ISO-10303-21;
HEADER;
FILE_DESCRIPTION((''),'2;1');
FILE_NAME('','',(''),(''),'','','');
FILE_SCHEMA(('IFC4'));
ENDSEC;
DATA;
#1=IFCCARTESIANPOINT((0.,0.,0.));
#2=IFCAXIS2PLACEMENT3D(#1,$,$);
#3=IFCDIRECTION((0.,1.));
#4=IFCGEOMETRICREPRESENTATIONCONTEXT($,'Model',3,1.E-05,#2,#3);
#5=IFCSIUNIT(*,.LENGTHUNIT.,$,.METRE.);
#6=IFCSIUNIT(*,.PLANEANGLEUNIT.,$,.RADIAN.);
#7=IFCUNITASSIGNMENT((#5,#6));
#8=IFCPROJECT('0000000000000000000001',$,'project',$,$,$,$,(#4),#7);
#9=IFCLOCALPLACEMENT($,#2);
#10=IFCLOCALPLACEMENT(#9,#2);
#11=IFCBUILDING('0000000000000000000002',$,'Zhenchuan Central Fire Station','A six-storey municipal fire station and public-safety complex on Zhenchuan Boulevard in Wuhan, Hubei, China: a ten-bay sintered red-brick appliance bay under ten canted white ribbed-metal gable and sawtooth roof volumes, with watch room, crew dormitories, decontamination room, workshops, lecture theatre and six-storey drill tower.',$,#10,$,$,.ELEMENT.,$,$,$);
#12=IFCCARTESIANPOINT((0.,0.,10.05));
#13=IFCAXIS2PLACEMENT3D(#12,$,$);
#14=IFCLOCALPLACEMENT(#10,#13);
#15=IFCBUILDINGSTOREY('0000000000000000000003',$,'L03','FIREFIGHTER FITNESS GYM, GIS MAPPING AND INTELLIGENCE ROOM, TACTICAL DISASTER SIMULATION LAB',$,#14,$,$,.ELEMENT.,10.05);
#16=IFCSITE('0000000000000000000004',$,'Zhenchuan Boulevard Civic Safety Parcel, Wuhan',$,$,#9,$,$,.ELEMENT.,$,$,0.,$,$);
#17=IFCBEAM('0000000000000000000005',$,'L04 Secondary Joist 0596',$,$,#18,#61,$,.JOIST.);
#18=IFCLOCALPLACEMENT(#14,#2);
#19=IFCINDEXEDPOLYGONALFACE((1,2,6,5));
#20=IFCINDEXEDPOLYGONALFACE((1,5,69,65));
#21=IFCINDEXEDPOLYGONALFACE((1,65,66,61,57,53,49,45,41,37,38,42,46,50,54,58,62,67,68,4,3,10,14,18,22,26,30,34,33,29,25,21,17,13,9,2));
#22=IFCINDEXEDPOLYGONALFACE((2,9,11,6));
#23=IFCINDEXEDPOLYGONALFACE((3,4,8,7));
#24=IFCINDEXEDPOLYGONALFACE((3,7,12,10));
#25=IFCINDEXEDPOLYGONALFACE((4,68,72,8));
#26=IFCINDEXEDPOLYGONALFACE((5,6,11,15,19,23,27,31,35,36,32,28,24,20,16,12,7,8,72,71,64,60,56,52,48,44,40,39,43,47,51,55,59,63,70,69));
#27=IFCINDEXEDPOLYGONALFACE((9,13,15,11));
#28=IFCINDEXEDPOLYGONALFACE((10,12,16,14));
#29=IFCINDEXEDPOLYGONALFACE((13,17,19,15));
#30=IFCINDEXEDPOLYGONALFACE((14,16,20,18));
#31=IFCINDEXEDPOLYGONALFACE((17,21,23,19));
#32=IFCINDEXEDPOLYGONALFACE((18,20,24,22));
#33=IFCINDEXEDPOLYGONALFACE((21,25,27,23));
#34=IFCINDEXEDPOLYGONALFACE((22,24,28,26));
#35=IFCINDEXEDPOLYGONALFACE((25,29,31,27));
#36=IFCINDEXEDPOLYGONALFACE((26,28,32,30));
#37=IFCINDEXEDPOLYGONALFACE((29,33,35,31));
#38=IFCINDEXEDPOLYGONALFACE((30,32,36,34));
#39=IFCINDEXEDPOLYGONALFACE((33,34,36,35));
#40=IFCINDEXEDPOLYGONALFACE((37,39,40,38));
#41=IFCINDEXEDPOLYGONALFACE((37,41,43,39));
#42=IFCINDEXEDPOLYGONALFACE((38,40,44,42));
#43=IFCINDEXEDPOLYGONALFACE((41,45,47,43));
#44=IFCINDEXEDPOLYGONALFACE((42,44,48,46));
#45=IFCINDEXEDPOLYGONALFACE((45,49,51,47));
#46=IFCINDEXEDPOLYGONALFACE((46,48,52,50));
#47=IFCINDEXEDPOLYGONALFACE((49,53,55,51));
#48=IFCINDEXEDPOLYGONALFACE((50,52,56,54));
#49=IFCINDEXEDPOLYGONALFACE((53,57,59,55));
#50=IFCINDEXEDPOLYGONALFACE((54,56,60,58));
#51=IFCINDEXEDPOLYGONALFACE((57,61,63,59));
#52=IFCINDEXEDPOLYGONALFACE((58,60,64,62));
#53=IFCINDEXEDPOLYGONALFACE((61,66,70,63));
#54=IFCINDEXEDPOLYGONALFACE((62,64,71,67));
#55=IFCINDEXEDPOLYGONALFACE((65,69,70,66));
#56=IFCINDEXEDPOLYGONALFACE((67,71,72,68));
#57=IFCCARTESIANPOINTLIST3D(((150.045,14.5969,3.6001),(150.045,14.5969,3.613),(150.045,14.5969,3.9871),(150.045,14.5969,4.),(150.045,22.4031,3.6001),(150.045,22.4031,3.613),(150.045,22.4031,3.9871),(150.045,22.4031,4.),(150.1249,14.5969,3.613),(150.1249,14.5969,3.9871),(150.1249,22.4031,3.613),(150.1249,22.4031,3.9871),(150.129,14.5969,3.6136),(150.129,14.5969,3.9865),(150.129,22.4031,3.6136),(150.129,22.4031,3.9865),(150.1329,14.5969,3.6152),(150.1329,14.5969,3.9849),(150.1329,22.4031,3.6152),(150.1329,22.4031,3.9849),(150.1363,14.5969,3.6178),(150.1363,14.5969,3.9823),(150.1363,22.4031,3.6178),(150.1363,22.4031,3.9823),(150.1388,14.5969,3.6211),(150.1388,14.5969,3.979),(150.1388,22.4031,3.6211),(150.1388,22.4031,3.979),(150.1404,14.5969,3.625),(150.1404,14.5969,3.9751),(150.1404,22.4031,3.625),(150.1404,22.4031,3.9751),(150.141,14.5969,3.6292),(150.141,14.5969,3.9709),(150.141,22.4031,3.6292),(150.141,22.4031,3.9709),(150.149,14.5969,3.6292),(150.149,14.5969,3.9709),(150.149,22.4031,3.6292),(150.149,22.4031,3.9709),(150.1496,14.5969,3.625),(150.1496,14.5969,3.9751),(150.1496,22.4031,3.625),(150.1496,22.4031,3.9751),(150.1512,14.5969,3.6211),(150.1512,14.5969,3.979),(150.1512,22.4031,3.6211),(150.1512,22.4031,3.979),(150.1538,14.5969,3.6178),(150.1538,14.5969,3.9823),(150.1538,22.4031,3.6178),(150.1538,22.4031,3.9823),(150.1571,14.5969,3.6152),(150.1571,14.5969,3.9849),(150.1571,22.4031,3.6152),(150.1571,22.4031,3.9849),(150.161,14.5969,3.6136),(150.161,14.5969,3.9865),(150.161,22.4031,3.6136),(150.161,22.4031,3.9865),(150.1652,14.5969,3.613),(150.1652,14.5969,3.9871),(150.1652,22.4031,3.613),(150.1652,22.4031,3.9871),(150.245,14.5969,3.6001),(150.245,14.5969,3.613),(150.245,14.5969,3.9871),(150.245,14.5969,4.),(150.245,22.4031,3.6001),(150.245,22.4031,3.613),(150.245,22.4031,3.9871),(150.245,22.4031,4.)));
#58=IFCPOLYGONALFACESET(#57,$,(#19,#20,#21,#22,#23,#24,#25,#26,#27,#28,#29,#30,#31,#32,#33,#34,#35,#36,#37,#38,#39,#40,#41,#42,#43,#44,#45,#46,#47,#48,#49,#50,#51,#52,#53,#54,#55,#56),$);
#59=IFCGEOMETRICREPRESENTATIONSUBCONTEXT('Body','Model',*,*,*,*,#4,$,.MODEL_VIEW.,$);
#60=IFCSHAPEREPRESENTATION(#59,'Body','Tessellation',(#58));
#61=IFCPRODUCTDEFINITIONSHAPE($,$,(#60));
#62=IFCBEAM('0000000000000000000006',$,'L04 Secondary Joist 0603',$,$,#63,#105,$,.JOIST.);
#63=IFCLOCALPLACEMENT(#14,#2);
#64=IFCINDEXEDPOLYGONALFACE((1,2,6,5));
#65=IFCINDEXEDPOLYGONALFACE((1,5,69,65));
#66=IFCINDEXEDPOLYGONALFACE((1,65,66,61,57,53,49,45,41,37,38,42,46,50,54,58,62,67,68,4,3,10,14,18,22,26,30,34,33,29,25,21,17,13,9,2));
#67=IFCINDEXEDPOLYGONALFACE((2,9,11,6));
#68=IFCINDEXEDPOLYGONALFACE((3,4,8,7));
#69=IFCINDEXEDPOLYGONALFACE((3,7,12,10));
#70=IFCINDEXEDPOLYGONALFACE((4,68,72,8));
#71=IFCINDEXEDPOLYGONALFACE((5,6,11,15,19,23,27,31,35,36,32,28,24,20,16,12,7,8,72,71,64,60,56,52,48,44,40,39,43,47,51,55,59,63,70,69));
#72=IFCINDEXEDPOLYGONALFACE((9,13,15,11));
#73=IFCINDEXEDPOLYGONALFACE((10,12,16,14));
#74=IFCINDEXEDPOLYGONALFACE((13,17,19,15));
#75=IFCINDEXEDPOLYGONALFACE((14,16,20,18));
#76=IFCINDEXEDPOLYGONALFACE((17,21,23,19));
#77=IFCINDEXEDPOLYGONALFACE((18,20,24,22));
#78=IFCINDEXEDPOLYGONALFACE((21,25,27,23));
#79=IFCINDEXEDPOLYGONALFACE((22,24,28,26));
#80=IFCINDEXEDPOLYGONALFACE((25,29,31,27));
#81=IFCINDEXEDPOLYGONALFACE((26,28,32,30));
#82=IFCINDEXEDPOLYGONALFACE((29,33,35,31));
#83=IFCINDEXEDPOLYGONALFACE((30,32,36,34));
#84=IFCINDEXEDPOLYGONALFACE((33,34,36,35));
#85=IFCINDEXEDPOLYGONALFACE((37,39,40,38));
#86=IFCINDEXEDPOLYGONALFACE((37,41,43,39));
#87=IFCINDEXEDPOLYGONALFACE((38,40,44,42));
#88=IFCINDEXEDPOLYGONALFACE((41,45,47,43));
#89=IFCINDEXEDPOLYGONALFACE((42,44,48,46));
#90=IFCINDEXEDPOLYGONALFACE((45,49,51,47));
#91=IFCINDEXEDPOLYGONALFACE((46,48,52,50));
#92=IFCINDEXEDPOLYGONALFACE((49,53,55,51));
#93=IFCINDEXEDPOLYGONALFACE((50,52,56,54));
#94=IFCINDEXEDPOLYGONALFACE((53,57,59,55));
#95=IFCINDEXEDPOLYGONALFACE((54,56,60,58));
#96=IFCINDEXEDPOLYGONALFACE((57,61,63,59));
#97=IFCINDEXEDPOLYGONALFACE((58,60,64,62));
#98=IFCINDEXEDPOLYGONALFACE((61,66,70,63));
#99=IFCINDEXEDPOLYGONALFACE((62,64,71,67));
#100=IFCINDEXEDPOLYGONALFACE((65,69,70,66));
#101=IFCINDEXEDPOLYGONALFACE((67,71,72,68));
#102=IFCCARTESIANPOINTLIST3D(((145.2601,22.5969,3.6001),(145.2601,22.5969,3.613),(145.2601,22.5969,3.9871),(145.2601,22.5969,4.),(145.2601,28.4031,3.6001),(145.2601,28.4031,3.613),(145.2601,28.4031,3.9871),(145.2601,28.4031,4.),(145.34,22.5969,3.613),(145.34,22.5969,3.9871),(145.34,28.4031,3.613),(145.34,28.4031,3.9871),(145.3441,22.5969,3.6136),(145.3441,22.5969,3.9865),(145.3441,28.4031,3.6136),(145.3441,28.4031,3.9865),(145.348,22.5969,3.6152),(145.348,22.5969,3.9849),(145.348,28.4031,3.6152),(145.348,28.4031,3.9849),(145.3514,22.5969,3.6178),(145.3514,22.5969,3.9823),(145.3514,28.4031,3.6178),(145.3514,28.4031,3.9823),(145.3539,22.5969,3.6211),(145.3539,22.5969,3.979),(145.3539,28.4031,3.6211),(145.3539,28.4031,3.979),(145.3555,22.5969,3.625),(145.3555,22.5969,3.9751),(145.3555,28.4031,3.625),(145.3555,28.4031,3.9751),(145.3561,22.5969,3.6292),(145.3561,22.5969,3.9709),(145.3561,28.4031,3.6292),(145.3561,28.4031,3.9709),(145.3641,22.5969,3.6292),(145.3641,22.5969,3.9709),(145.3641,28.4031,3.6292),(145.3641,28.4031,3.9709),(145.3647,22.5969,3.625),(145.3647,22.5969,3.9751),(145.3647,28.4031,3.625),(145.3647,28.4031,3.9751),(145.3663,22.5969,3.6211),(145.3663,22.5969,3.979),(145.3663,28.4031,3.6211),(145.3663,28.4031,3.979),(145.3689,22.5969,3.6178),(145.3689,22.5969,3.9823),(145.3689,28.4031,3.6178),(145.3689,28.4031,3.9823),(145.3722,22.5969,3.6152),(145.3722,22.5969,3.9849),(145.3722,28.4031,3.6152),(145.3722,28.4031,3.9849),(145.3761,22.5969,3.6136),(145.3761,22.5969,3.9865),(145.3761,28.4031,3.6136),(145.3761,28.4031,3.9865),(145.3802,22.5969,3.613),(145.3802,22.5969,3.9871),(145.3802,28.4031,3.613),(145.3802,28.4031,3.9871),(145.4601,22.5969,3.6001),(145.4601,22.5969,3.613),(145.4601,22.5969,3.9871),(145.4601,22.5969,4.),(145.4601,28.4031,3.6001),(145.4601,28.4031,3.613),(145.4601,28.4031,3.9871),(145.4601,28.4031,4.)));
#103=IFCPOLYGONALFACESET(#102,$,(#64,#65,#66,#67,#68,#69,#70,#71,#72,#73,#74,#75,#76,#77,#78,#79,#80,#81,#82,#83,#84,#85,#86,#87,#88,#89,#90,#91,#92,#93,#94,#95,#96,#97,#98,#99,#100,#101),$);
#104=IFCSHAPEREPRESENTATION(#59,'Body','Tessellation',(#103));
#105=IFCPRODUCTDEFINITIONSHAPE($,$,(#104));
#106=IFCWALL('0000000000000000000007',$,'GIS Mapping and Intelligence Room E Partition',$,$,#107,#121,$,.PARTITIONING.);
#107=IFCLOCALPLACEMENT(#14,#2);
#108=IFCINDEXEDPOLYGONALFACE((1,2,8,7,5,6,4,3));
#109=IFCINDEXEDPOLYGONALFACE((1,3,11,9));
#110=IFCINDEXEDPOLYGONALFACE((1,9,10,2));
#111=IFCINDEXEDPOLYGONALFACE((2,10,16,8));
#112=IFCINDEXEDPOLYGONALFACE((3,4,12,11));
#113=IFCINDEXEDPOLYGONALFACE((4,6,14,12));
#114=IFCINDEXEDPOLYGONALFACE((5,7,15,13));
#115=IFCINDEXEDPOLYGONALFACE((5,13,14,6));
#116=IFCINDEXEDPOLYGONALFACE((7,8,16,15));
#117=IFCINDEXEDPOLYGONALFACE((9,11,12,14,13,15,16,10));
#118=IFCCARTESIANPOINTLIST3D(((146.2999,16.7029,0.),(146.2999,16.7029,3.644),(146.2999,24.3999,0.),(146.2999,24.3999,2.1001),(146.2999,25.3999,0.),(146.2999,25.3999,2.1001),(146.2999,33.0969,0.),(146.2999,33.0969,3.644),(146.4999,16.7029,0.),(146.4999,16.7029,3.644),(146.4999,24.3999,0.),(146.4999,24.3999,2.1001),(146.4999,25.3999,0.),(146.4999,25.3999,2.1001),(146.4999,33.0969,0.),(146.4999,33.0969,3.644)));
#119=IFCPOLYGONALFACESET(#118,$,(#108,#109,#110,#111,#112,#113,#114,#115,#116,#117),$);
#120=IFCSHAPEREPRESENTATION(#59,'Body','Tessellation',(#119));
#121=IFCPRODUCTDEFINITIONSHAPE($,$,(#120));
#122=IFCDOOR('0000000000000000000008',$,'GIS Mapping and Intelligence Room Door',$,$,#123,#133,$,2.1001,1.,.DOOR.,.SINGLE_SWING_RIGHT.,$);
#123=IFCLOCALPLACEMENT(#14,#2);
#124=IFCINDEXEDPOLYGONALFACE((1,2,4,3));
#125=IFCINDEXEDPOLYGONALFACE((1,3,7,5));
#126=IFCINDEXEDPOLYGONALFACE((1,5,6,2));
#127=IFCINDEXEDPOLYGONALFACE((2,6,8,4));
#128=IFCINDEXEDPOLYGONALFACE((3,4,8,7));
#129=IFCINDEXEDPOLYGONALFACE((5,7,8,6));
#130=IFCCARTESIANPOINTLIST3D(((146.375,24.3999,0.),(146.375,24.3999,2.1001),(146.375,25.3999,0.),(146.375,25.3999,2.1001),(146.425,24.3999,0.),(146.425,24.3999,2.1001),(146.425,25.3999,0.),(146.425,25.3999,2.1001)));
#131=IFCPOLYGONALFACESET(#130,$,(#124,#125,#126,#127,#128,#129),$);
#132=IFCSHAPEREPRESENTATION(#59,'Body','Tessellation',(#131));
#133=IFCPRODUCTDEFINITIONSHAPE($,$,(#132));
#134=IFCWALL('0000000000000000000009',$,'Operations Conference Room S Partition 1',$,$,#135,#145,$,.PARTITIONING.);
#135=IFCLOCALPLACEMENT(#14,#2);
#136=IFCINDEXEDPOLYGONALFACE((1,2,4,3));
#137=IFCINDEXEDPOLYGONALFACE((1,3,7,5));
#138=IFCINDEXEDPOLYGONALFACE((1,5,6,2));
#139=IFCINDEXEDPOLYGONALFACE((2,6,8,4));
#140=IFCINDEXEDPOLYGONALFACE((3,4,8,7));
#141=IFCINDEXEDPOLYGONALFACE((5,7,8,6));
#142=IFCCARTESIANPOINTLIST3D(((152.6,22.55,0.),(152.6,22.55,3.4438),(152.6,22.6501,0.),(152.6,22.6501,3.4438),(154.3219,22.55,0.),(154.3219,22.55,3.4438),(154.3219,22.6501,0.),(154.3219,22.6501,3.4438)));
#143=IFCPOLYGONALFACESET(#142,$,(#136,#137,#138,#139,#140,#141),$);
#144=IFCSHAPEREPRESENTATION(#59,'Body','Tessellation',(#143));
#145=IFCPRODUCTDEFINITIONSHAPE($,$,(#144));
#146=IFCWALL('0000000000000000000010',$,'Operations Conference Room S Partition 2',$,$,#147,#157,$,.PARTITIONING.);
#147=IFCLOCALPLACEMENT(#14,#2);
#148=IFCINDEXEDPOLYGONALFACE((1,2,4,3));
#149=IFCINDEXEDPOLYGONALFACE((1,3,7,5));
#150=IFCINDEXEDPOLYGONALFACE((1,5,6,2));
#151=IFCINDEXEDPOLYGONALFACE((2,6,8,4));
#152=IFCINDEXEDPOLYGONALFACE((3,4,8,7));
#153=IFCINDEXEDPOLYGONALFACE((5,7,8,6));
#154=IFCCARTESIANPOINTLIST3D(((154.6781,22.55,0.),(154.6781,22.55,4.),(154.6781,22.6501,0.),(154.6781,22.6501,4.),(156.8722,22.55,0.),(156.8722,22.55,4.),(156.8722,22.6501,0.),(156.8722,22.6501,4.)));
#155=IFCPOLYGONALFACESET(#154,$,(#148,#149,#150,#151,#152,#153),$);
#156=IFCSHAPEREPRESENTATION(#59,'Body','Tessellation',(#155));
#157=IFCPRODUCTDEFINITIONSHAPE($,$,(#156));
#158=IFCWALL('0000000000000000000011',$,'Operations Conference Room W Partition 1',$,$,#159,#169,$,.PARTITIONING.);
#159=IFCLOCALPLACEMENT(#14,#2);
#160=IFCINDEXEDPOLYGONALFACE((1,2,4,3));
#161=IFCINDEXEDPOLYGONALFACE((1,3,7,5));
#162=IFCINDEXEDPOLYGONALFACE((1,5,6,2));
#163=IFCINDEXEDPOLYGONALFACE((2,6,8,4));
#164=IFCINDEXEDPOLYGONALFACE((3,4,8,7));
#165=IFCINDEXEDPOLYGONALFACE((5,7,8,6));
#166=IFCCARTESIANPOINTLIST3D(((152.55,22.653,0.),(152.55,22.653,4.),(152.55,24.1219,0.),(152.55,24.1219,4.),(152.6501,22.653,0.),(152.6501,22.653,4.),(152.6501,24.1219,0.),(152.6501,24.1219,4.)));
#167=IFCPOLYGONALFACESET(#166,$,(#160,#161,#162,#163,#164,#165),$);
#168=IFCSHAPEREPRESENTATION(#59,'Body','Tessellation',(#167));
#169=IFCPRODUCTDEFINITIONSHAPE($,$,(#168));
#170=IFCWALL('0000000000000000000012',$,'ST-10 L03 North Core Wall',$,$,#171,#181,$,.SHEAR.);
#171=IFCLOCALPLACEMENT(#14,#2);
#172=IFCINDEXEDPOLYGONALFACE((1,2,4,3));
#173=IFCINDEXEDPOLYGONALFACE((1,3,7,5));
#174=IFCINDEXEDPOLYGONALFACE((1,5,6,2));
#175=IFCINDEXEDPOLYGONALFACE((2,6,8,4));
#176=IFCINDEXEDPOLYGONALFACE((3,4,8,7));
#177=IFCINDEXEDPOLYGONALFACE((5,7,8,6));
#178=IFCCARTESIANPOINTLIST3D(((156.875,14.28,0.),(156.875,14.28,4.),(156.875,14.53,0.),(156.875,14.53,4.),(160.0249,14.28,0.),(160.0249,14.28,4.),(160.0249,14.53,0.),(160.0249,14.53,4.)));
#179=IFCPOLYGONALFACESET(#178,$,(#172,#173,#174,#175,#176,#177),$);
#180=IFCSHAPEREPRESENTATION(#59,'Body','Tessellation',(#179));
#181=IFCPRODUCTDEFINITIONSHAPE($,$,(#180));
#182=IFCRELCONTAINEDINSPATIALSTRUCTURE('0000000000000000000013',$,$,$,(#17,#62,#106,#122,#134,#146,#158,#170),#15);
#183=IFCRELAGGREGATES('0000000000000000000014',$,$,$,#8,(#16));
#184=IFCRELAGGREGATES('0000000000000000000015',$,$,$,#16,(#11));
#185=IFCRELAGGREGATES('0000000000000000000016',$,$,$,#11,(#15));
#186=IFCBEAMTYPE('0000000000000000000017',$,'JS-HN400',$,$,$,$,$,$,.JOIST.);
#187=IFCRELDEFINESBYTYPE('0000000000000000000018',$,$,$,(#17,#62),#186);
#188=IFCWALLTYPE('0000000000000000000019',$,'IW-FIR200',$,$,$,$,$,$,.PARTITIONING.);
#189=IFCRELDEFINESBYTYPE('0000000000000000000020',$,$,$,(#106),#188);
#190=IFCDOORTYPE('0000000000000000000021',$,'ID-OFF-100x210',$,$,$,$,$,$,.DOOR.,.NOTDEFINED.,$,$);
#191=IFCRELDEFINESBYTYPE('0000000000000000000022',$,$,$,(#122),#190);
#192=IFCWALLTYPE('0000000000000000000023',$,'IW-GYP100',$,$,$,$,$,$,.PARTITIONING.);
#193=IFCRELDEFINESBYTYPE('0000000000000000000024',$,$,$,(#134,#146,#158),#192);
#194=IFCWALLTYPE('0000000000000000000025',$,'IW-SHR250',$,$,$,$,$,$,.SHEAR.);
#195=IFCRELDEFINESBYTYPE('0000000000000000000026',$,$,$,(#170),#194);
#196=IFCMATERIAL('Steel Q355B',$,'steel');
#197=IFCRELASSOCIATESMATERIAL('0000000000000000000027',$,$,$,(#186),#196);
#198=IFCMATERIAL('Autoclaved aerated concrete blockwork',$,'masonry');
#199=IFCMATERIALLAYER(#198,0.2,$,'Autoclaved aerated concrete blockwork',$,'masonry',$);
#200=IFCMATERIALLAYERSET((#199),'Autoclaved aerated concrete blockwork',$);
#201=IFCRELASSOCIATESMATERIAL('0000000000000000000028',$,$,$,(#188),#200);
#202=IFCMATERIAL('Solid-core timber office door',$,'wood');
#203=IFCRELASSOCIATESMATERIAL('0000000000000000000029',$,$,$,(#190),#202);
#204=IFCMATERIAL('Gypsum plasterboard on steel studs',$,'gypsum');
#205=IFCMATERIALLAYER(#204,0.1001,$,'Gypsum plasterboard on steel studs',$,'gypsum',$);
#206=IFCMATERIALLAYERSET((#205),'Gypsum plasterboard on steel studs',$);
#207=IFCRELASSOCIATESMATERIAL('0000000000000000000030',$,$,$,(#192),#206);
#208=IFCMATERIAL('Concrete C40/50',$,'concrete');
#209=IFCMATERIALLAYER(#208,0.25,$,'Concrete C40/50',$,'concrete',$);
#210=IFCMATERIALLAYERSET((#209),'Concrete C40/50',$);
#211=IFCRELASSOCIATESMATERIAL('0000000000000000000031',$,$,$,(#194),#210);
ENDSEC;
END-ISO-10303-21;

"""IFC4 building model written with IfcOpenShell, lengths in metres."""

from ifc_helpers import new_model, si_unit, direction, frame, frame_2d, origin, origin_2d, place, context, subcontext, project, spatial, rectangle, i_section, extrude, material, layer, layer_set, material_profile, profile_set, type_object, element, fill, save


model = new_model("IFC4")

# Units and contexts
model_context = context("Model", 3, precision=1e-05, world=origin(), true_north=direction((0.0, 1.0)))
body_context = subcontext(model_context, "Body", "Model", "MODEL_VIEW")
ifc_project = project(units=[si_unit("LENGTHUNIT", "METRE"), si_unit("PLANEANGLEUNIT", "RADIAN")], contexts=[model_context])

# Site, building, storey
site_placement = place(None, origin())
site = spatial("IfcSite", under=ifc_project, at=site_placement, Name="Zhenchuan Boulevard Civic Safety Parcel, Wuhan", CompositionType="ELEMENT", RefElevation=0.0)
building_placement = place(site_placement, origin())
building = spatial("IfcBuilding", under=site, at=building_placement, Name="Zhenchuan Central Fire Station", Description="A six-storey municipal fire station and public-safety complex on Zhenchuan Boulevard in Wuhan, Hubei, China: a ten-bay sintered red-brick appliance bay under ten canted white ribbed-metal gable and sawtooth roof volumes, with watch room, crew dormitories, decontamination room, workshops, lecture theatre and six-storey drill tower.", CompositionType="ELEMENT")
storey_placement = place(building_placement, frame((0.0, 0.0, 10.05)))
storey = spatial("IfcBuildingStorey", under=building, at=storey_placement, Name="L03", Description="FIREFIGHTER FITNESS GYM, GIS MAPPING AND INTELLIGENCE ROOM, TACTICAL DISASTER SIMULATION LAB", CompositionType="ELEMENT", Elevation=10.05)

# Shared definitions
ifc_material_1 = material(Name="Steel Q355B", Category="steel")

# Beams
ifc_material_profile_1 = material_profile(ifc_material_1, i_section(OverallWidth=0.2, OverallDepth=0.3999, WebThickness=0.0081, FlangeThickness=0.0129, FilletRadius=0.0161, at=origin_2d()), Name="HN 400x200")
ifc_profile_set_1 = profile_set([ifc_material_profile_1], Name="Steel Q355B")
beam_type_1 = type_object("IfcBeamType", Name="JS-HN400", PredefinedType="JOIST", material=ifc_profile_set_1)
beam_1_placement = place(storey_placement, frame((150.145, 14.5969, 3.8), z_axis=(0.0, 1.0, 0.0), x_axis=(-1.0, 0.0, 0.0)))
element("IfcBeam", 1, at=beam_1_placement, inside=storey, type_object=beam_type_1, Name="L04 Secondary Joist 0596", PredefinedType="JOIST", context=body_context, shape_type="SweptSolid", body=[
    extrude(i_section(OverallWidth=0.2, OverallDepth=0.3999, WebThickness=0.0081, FlangeThickness=0.0129, FilletRadius=0.0161, at=origin_2d()), origin(), (0.0, 0.0, 1.0), 7.8062),
])
beam_2_placement = place(storey_placement, frame((145.3601, 22.5969, 3.8), z_axis=(0.0, 1.0, 0.0), x_axis=(-1.0, 0.0, 0.0)))
element("IfcBeam", 2, at=beam_2_placement, inside=storey, type_object=beam_type_1, Name="L04 Secondary Joist 0603", PredefinedType="JOIST", context=body_context, shape_type="SweptSolid", body=[
    extrude(i_section(OverallWidth=0.2, OverallDepth=0.3999, WebThickness=0.0081, FlangeThickness=0.0129, FilletRadius=0.0161, at=origin_2d()), origin(), (0.0, 0.0, 1.0), 5.8062),
])

# Wall, opening, door
ifc_material_2 = material(Name="Autoclaved aerated concrete blockwork", Category="masonry")
ifc_layer_1 = layer(ifc_material_2, 0.2, Name="Autoclaved aerated concrete blockwork", Category="masonry")
ifc_layer_set_1 = layer_set([ifc_layer_1], Name="Autoclaved aerated concrete blockwork")
wall_type_1 = type_object("IfcWallType", Name="IW-FIR200", PredefinedType="PARTITIONING", material=ifc_layer_set_1)
wall_1_placement = place(storey_placement, frame((146.3999, 16.7029, 0.0), z_axis=(0.0, 0.0, 1.0), x_axis=(0.0, 1.0, 0.0)))
wall_1 = element("IfcWall", 3, at=wall_1_placement, inside=storey, type_object=wall_type_1, Name="GIS Mapping and Intelligence Room E Partition", PredefinedType="PARTITIONING", context=body_context, shape_type="SweptSolid", body=[
    extrude(rectangle(XDim=16.394, YDim=0.2, at=frame_2d((8.197, 0.0))), origin(), (0.0, 0.0, 1.0), 3.644),
])
opening_1_placement = place(wall_1_placement, frame((7.697, 0.0, 0.0)))
opening_1 = element("IfcOpeningElement", 4, at=opening_1_placement, cuts=wall_1, PredefinedType="OPENING", context=body_context, shape_type="SweptSolid", body=[
    extrude(rectangle(XDim=1.0, YDim=2.1001, at=frame_2d((0.5, 1.05))), frame((0.0, 0.1099, 0.0), z_axis=(0.0, -1.0, 0.0), x_axis=(1.0, 0.0, 0.0)), (0.0, 0.0, 1.0), 0.22),
])
ifc_material_3 = material(Name="Solid-core timber office door", Category="wood")
door_type_1 = type_object("IfcDoorType", Name="ID-OFF-100x210", OperationType="NOTDEFINED", PredefinedType="DOOR", material=ifc_material_3)
door_1_placement = place(opening_1_placement, origin())
door_1 = element("IfcDoor", 5, at=door_1_placement, inside=storey, type_object=door_type_1, Name="GIS Mapping and Intelligence Room Door", OperationType="SINGLE_SWING_RIGHT", OverallHeight=2.1001, OverallWidth=1.0, PredefinedType="DOOR", context=body_context, shape_type="SweptSolid", body=[
    extrude(rectangle(XDim=1.0, YDim=2.1001, at=frame_2d((0.5, 1.05))), frame((0.0, 0.0249, 0.0), z_axis=(0.0, -1.0, 0.0), x_axis=(1.0, 0.0, 0.0)), (0.0, 0.0, 1.0), 0.05),
])
fill(opening_1, door_1)

# Walls
ifc_material_4 = material(Name="Gypsum plasterboard on steel studs", Category="gypsum")
ifc_layer_2 = layer(ifc_material_4, 0.1001, Name="Gypsum plasterboard on steel studs", Category="gypsum")
ifc_layer_set_2 = layer_set([ifc_layer_2], Name="Gypsum plasterboard on steel studs")
wall_type_2 = type_object("IfcWallType", Name="IW-GYP100", PredefinedType="PARTITIONING", material=ifc_layer_set_2)
wall_2_placement = place(storey_placement, frame((152.6001, 22.6001, 0.0), z_axis=(0.0, 0.0, 1.0), x_axis=(1.0, 0.0, 0.0)))
element("IfcWall", 6, at=wall_2_placement, inside=storey, type_object=wall_type_2, Name="Operations Conference Room S Partition 1", PredefinedType="PARTITIONING", context=body_context, shape_type="SweptSolid", body=[
    extrude(rectangle(XDim=1.7219, YDim=0.1001, at=frame_2d((0.8608, 0.0))), origin(), (0.0, 0.0, 1.0), 3.4438),
])
wall_3_placement = place(storey_placement, frame((154.678, 22.6001, 0.0), z_axis=(0.0, 0.0, 1.0), x_axis=(1.0, 0.0, 0.0)))
element("IfcWall", 7, at=wall_3_placement, inside=storey, type_object=wall_type_2, Name="Operations Conference Room S Partition 2", PredefinedType="PARTITIONING", context=body_context, shape_type="SweptSolid", body=[
    extrude(rectangle(XDim=2.1941, YDim=0.1001, at=frame_2d((1.0972, 0.0))), origin(), (0.0, 0.0, 1.0), 4.0),
])
wall_4_placement = place(storey_placement, frame((152.6001, 22.6531, 0.0), z_axis=(0.0, 0.0, 1.0), x_axis=(0.0, 1.0, 0.0)))
element("IfcWall", 8, at=wall_4_placement, inside=storey, type_object=wall_type_2, Name="Operations Conference Room W Partition 1", PredefinedType="PARTITIONING", context=body_context, shape_type="SweptSolid", body=[
    extrude(rectangle(XDim=1.469, YDim=0.1001, at=frame_2d((0.7344, 0.0))), origin(), (0.0, 0.0, 1.0), 4.0),
])
ifc_material_5 = material(Name="Concrete C40/50", Category="concrete")
ifc_layer_3 = layer(ifc_material_5, 0.25, Name="Concrete C40/50", Category="concrete")
ifc_layer_set_3 = layer_set([ifc_layer_3], Name="Concrete C40/50")
wall_type_3 = type_object("IfcWallType", Name="IW-SHR250", PredefinedType="SHEAR", material=ifc_layer_set_3)
wall_5_placement = place(storey_placement, frame((156.875, 14.405, 0.0), z_axis=(0.0, 0.0, 1.0), x_axis=(1.0, 0.0, 0.0)))
element("IfcWall", 9, at=wall_5_placement, inside=storey, type_object=wall_type_3, Name="ST-10 L03 North Core Wall", PredefinedType="SHEAR", context=body_context, shape_type="SweptSolid", body=[
    extrude(rectangle(XDim=3.1499, YDim=0.25, at=frame_2d((1.575, 0.0))), origin(), (0.0, 0.0, 1.0), 4.0),
])

save(model, "model.ifc")
